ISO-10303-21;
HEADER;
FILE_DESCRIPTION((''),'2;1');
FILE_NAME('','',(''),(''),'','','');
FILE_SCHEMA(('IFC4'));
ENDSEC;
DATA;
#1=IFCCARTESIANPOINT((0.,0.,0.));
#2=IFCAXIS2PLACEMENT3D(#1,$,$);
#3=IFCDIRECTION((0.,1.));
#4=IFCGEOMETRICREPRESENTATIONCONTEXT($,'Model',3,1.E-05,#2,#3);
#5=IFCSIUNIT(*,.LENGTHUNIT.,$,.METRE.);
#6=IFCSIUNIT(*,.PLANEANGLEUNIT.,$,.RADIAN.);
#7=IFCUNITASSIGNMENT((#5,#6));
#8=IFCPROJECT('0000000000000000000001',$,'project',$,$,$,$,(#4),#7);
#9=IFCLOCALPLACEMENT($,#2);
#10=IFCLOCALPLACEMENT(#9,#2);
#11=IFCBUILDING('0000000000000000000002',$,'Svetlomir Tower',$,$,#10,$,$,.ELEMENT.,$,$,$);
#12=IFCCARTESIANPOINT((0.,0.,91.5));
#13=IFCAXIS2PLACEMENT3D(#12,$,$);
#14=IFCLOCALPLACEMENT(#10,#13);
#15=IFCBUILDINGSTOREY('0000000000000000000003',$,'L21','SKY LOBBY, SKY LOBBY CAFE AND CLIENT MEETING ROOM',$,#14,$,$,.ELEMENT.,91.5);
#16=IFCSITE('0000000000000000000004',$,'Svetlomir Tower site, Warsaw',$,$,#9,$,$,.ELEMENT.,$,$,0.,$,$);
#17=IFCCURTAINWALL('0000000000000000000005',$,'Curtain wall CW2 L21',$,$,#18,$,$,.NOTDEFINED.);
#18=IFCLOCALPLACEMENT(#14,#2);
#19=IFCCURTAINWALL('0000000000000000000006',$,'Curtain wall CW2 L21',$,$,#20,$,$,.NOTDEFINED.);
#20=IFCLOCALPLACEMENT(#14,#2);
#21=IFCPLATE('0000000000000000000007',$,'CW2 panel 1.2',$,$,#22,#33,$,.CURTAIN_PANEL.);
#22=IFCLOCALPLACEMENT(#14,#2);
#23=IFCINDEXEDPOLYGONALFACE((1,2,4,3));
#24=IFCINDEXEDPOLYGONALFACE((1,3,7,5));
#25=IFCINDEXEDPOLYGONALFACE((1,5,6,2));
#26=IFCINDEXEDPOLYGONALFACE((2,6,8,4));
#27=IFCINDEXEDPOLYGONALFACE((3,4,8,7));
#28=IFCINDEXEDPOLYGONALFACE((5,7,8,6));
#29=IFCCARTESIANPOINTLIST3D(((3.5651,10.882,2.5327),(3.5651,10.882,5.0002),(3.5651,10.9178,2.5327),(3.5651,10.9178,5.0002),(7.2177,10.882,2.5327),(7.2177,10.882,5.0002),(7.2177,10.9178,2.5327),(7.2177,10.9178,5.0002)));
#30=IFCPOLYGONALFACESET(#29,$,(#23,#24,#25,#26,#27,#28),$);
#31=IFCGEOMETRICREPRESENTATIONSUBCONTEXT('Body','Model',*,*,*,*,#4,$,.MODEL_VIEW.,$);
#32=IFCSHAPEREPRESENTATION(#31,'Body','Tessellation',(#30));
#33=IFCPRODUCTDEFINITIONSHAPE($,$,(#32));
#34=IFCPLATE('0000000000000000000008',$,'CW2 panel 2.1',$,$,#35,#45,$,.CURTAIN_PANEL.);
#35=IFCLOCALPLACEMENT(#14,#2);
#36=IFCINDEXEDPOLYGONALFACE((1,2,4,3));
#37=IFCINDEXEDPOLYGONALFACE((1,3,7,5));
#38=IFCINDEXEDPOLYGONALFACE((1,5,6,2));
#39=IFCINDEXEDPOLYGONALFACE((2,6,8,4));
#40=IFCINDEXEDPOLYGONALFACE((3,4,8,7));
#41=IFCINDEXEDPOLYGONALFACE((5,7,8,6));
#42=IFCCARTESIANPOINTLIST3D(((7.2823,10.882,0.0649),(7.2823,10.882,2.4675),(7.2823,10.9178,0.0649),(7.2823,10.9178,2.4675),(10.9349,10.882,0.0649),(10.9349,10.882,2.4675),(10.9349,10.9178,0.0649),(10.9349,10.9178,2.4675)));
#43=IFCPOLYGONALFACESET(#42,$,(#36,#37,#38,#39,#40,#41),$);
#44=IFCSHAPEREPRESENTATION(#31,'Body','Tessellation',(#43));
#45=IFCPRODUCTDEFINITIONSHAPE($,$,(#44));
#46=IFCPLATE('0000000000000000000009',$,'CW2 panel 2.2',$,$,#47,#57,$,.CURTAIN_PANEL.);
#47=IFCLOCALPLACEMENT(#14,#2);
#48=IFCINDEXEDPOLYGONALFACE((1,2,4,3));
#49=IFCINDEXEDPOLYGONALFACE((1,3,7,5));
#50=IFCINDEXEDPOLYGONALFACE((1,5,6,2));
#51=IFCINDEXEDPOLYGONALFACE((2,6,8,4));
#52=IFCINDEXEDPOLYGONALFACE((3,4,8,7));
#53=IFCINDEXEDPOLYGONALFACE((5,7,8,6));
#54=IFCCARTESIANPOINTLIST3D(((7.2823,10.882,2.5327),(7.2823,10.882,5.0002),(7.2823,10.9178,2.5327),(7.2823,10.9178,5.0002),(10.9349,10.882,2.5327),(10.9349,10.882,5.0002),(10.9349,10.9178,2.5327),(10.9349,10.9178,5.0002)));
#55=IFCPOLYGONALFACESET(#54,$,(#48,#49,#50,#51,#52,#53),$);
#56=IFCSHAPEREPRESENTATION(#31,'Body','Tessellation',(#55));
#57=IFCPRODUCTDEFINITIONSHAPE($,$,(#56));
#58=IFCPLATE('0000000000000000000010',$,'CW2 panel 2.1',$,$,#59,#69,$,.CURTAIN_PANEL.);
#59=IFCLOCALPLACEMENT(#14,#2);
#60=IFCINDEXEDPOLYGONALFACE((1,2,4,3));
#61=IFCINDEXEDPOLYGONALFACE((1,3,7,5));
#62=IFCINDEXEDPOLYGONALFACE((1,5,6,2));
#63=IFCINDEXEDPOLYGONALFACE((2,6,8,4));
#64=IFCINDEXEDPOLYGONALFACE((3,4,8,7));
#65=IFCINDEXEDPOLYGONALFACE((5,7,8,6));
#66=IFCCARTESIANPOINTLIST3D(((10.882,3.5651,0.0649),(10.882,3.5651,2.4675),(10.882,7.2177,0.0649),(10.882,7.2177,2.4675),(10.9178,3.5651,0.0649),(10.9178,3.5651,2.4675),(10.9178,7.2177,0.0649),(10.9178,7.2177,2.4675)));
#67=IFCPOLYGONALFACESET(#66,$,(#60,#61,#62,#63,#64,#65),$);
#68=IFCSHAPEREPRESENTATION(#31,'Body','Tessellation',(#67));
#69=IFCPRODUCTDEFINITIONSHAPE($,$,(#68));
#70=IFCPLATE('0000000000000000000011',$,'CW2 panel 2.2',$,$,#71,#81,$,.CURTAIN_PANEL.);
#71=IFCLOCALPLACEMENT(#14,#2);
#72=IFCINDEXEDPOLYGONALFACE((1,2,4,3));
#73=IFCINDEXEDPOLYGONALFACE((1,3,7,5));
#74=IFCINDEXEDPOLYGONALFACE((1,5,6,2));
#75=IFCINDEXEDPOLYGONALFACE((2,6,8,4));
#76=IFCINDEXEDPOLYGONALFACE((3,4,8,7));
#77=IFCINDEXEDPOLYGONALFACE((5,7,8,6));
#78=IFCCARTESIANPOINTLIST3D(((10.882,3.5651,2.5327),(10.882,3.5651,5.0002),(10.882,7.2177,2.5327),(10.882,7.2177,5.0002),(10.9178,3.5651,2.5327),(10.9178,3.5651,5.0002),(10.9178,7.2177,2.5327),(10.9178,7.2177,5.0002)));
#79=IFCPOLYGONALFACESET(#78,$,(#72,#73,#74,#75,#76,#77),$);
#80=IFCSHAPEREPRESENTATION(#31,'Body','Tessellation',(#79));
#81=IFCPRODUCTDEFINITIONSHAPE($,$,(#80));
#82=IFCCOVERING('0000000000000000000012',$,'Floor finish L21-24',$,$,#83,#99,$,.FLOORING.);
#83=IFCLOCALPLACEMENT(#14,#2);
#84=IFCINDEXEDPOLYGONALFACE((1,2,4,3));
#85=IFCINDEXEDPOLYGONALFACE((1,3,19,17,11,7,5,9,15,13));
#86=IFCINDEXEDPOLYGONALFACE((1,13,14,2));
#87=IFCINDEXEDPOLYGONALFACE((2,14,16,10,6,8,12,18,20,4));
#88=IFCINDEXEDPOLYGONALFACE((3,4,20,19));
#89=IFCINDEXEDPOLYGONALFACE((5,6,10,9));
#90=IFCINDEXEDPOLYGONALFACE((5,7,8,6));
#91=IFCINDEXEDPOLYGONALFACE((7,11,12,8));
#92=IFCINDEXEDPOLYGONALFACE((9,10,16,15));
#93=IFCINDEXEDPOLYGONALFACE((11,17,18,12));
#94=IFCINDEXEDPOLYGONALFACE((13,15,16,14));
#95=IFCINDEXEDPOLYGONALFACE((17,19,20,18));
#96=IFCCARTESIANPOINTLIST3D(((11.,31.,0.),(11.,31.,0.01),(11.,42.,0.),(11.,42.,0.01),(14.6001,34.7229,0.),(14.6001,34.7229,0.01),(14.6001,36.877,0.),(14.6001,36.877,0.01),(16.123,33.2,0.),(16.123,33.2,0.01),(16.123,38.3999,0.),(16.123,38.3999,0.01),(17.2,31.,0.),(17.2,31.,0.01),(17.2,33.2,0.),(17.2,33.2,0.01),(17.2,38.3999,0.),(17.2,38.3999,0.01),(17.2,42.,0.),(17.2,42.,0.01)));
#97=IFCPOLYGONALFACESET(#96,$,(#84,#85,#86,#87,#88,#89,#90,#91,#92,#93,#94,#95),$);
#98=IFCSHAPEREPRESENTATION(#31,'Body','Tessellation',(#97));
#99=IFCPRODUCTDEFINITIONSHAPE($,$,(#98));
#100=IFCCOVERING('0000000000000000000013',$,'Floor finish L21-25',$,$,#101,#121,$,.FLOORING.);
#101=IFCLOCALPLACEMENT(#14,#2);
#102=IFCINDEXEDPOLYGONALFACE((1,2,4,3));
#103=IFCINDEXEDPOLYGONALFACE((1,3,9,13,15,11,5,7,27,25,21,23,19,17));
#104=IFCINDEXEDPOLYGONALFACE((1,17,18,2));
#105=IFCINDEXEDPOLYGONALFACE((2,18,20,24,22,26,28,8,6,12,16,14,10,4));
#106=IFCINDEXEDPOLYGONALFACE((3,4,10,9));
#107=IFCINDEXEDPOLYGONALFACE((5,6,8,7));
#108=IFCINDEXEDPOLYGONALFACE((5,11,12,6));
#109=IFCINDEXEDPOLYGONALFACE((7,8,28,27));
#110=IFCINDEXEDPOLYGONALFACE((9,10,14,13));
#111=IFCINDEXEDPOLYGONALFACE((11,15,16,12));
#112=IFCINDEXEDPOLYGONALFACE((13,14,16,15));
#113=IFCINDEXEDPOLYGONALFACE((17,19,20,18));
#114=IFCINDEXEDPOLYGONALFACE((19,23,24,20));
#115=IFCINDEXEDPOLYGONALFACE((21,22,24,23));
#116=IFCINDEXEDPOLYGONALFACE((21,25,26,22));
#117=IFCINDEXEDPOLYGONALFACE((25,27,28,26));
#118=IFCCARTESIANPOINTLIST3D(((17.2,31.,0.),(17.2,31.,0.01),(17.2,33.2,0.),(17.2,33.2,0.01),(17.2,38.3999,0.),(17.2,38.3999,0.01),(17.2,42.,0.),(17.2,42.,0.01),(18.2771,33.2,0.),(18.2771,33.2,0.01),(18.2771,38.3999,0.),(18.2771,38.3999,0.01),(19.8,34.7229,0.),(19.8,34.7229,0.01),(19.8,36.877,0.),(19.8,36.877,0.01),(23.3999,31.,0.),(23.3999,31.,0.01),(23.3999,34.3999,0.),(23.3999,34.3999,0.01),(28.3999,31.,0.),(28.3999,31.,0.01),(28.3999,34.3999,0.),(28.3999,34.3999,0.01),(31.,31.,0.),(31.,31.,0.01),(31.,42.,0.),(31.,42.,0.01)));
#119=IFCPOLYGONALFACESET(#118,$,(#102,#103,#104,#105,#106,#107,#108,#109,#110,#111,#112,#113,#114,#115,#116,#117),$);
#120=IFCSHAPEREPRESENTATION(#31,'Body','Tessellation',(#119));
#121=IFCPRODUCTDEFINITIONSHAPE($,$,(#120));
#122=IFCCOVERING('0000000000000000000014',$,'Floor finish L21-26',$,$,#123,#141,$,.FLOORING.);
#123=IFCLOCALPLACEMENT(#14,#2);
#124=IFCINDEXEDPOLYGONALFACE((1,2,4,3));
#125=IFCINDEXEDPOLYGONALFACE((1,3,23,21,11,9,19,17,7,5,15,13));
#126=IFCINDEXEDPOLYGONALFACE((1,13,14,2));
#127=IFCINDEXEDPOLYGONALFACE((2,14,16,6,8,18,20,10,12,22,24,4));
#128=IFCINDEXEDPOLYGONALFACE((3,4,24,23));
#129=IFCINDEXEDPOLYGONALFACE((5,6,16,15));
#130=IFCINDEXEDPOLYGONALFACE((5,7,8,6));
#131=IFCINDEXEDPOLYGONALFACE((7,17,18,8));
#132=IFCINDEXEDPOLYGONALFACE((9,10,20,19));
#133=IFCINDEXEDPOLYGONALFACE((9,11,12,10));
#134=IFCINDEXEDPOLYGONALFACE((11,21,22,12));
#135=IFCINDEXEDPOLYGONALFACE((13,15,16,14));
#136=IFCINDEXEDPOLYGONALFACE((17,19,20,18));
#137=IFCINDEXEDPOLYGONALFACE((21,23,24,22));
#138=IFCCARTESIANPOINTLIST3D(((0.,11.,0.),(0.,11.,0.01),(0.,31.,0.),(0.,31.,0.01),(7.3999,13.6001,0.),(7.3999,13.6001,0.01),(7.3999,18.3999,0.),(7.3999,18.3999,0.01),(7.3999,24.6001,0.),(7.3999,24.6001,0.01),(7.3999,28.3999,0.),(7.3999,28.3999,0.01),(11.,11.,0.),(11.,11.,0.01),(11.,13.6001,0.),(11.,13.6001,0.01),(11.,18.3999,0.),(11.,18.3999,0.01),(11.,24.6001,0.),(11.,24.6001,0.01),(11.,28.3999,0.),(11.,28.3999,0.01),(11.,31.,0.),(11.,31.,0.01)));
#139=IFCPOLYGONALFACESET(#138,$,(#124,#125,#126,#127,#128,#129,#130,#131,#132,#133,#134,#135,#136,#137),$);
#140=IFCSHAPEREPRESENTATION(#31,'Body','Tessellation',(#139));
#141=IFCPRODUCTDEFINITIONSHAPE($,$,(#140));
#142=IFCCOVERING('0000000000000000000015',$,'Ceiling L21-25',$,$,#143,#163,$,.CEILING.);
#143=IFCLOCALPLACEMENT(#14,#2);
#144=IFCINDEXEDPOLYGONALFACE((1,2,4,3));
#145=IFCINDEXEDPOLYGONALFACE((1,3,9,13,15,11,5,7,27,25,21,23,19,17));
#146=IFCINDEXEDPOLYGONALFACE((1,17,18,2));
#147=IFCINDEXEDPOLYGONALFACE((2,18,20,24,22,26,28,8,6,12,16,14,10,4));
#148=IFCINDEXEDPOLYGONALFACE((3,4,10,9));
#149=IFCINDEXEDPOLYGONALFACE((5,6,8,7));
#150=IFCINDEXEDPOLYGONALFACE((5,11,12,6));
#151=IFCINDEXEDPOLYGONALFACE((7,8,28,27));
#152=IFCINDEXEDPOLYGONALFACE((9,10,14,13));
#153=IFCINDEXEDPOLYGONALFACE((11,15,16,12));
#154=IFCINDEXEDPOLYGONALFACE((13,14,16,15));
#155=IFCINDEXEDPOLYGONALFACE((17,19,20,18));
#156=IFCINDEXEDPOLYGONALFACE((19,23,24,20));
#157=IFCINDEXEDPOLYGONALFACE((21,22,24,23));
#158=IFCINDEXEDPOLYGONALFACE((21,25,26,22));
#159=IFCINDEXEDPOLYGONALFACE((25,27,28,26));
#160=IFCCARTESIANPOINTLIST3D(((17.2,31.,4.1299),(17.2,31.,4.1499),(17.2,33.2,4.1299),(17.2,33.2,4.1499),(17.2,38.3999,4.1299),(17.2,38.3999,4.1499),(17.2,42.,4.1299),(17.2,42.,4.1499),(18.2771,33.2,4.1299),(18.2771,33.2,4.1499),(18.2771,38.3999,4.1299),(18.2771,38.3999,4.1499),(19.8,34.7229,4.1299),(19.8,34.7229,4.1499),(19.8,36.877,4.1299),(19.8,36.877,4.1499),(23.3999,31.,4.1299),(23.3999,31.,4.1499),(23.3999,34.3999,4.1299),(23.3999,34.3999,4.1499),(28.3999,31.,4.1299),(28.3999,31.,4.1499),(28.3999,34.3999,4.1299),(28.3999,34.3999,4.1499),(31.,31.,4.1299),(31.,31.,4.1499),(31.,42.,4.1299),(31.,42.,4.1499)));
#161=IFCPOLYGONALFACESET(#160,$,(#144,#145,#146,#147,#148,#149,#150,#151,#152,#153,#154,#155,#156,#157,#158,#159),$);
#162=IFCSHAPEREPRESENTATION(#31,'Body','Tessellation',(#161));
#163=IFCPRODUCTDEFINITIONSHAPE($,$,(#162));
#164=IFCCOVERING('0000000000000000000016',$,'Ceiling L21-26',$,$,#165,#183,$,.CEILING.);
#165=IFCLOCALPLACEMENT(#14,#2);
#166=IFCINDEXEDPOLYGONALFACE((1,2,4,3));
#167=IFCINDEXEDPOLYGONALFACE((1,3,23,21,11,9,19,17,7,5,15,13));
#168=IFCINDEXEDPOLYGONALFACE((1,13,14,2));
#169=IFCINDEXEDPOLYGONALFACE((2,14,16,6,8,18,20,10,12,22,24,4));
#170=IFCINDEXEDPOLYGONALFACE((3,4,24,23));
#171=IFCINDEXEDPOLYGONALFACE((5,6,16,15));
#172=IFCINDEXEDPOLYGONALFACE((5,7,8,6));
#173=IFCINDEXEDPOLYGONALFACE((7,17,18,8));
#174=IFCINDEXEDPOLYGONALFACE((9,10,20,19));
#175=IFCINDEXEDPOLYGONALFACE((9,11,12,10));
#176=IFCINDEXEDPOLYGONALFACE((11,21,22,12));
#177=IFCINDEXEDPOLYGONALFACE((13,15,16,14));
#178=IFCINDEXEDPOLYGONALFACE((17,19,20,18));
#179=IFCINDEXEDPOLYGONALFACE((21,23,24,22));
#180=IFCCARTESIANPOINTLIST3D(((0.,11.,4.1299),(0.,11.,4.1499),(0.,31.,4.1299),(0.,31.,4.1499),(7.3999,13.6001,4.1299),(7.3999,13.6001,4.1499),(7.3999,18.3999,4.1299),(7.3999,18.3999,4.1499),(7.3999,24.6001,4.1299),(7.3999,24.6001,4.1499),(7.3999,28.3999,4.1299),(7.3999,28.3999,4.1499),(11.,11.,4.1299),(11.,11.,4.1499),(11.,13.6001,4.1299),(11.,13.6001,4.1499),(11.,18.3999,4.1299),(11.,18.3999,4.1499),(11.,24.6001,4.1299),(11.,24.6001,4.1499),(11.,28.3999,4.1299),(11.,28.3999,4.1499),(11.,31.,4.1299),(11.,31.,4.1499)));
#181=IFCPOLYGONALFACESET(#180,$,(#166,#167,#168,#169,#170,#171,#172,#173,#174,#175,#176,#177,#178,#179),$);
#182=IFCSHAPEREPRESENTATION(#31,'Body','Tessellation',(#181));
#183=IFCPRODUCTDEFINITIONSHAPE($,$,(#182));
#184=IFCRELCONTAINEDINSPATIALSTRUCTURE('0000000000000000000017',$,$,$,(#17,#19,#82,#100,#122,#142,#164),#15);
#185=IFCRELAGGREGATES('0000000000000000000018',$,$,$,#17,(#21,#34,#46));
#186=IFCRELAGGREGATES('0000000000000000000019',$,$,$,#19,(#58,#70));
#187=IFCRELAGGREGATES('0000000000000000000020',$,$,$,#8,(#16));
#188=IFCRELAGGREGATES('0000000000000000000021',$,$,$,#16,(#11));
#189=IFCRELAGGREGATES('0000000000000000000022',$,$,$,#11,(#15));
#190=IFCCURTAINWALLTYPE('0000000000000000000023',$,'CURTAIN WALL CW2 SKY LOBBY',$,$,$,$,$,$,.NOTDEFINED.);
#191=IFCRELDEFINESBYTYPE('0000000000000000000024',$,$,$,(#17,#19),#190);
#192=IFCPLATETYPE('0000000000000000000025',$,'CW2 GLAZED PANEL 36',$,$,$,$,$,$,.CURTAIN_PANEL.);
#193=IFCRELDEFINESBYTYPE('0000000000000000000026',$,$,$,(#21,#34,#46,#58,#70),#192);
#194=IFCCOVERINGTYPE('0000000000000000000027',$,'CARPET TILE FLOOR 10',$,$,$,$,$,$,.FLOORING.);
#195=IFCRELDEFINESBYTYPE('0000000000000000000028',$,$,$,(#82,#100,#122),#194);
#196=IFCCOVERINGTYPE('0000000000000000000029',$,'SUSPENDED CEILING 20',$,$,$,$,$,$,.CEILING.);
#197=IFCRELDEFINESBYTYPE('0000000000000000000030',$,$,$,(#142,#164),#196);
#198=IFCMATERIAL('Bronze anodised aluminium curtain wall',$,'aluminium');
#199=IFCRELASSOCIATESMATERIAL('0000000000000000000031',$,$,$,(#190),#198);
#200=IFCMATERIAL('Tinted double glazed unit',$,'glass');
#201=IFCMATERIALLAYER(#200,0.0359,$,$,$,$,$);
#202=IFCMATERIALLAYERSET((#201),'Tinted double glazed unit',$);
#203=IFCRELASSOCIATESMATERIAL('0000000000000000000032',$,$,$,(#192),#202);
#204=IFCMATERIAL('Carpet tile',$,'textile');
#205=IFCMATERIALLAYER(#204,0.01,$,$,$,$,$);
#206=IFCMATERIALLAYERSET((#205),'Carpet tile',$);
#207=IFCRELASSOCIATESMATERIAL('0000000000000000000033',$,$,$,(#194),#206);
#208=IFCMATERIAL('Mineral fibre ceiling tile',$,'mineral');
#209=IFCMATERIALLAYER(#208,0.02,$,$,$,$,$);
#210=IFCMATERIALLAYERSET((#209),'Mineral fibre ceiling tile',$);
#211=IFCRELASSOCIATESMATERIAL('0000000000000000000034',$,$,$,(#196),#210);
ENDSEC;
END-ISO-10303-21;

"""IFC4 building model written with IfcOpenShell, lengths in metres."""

from ifc_helpers import new_model, si_unit, direction, frame, origin, origin_2d, place, context, subcontext, project, spatial, polyline, rectangle, outline, extrude, material, layer, layer_set, type_object, element, aggregate, save


model = new_model("IFC4")

# Units and contexts
model_context = context("Model", 3, precision=1e-05, world=origin(), true_north=direction((0.0, 1.0)))
body_context = subcontext(model_context, "Body", "Model", "MODEL_VIEW")
ifc_project = project(units=[si_unit("LENGTHUNIT", "METRE"), si_unit("PLANEANGLEUNIT", "RADIAN")], contexts=[model_context])

# Site, building, storey
site_placement = place(None, origin())
site = spatial("IfcSite", under=ifc_project, at=site_placement, Name="Svetlomir Tower site, Warsaw", CompositionType="ELEMENT", RefElevation=0.0)
building_placement = place(site_placement, origin())
building = spatial("IfcBuilding", under=site, at=building_placement, Name="Svetlomir Tower", CompositionType="ELEMENT")
storey_placement = place(building_placement, frame((0.0, 0.0, 91.5)))
storey = spatial("IfcBuildingStorey", under=building, at=storey_placement, Name="L21", Description="SKY LOBBY, SKY LOBBY CAFE AND CLIENT MEETING ROOM", CompositionType="ELEMENT", Elevation=91.5)

# Curtain wall
ifc_material_1 = material(Name="Bronze anodised aluminium curtain wall", Category="aluminium")
curtain_wall_type = type_object("IfcCurtainWallType", Name="CURTAIN WALL CW2 SKY LOBBY", PredefinedType="NOTDEFINED", material=ifc_material_1)
curtain_wall_1_placement = place(storey_placement, origin())
curtain_wall_1 = element("IfcCurtainWall", 1, at=curtain_wall_1_placement, inside=storey, type_object=curtain_wall_type, Name="Curtain wall CW2 L21", PredefinedType="NOTDEFINED")

# Curtain wall
curtain_wall_2_placement = place(storey_placement, origin())
curtain_wall_2 = element("IfcCurtainWall", 2, at=curtain_wall_2_placement, inside=storey, type_object=curtain_wall_type, Name="Curtain wall CW2 L21", PredefinedType="NOTDEFINED")

# Plates
ifc_material_2 = material(Name="Tinted double glazed unit", Category="glass")
ifc_layer_1 = layer(ifc_material_2, 0.0359)
ifc_layer_set_1 = layer_set([ifc_layer_1], Name="Tinted double glazed unit")
plate_type = type_object("IfcPlateType", Name="CW2 GLAZED PANEL 36", PredefinedType="CURTAIN_PANEL", material=ifc_layer_set_1)
plate_1_placement = place(storey_placement, frame((5.3914, 10.8999, 2.5327), z_axis=(0.0, 0.0, 1.0), x_axis=(1.0, 0.0, 0.0)))
plate_1 = element("IfcPlate", 3, at=plate_1_placement, type_object=plate_type, Name="CW2 panel 1.2", PredefinedType="CURTAIN_PANEL", context=body_context, shape_type="SweptSolid", body=[
    extrude(rectangle(XDim=3.6526, YDim=0.0359, at=origin_2d()), origin(), (0.0, 0.0, 1.0), 2.4675),
])
plate_2_placement = place(storey_placement, frame((9.1086, 10.8999, 0.0649), z_axis=(0.0, 0.0, 1.0), x_axis=(1.0, 0.0, 0.0)))
plate_2 = element("IfcPlate", 4, at=plate_2_placement, type_object=plate_type, Name="CW2 panel 2.1", PredefinedType="CURTAIN_PANEL", context=body_context, shape_type="SweptSolid", body=[
    extrude(rectangle(XDim=3.6526, YDim=0.0359, at=origin_2d()), origin(), (0.0, 0.0, 1.0), 2.4026),
])
plate_3_placement = place(storey_placement, frame((9.1086, 10.8999, 2.5327), z_axis=(0.0, 0.0, 1.0), x_axis=(1.0, 0.0, 0.0)))
plate_3 = element("IfcPlate", 5, at=plate_3_placement, type_object=plate_type, Name="CW2 panel 2.2", PredefinedType="CURTAIN_PANEL", context=body_context, shape_type="SweptSolid", body=[
    extrude(rectangle(XDim=3.6526, YDim=0.0359, at=origin_2d()), origin(), (0.0, 0.0, 1.0), 2.4675),
])
aggregate(curtain_wall_1, [plate_1, plate_2, plate_3])
plate_4_placement = place(storey_placement, frame((10.8999, 5.3914, 0.0649), z_axis=(0.0, 0.0, 1.0), x_axis=(0.0, -1.0, 0.0)))
plate_4 = element("IfcPlate", 6, at=plate_4_placement, type_object=plate_type, Name="CW2 panel 2.1", PredefinedType="CURTAIN_PANEL", context=body_context, shape_type="SweptSolid", body=[
    extrude(rectangle(XDim=3.6526, YDim=0.0359, at=origin_2d()), origin(), (0.0, 0.0, 1.0), 2.4026),
])
plate_5_placement = place(storey_placement, frame((10.8999, 5.3914, 2.5327), z_axis=(0.0, 0.0, 1.0), x_axis=(0.0, -1.0, 0.0)))
plate_5 = element("IfcPlate", 7, at=plate_5_placement, type_object=plate_type, Name="CW2 panel 2.2", PredefinedType="CURTAIN_PANEL", context=body_context, shape_type="SweptSolid", body=[
    extrude(rectangle(XDim=3.6526, YDim=0.0359, at=origin_2d()), origin(), (0.0, 0.0, 1.0), 2.4675),
])
aggregate(curtain_wall_2, [plate_4, plate_5])

# Coverings
ifc_material_3 = material(Name="Carpet tile", Category="textile")
ifc_layer_2 = layer(ifc_material_3, 0.01)
ifc_layer_set_2 = layer_set([ifc_layer_2], Name="Carpet tile")
covering_type_1 = type_object("IfcCoveringType", Name="CARPET TILE FLOOR 10", PredefinedType="FLOORING", material=ifc_layer_set_2)
covering_1_placement = place(storey_placement, origin())
element("IfcCovering", 8, at=covering_1_placement, inside=storey, type_object=covering_type_1, Name="Floor finish L21-24", PredefinedType="FLOORING", context=body_context, shape_type="SweptSolid", body=[
    extrude(outline(polyline([(17.2, 31.0), (11.0, 31.0), (11.0, 42.0), (17.2, 42.0), (17.2, 38.3999), (16.123, 38.3999), (14.6001, 36.877), (14.6001, 34.7229), (16.123, 33.2), (17.2, 33.2), (17.2, 31.0)])), origin(), (0.0, 0.0, 1.0), 0.01),
])
covering_2_placement = place(storey_placement, origin())
element("IfcCovering", 9, at=covering_2_placement, inside=storey, type_object=covering_type_1, Name="Floor finish L21-25", PredefinedType="FLOORING", context=body_context, shape_type="SweptSolid", body=[
    extrude(outline(polyline([(31.0, 42.0), (31.0, 31.0), (28.3999, 31.0), (28.3999, 34.3999), (23.3999, 34.3999), (23.3999, 31.0), (17.2, 31.0), (17.2, 33.2), (18.2771, 33.2), (19.8, 34.7229), (19.8, 36.877), (18.2771, 38.3999), (17.2, 38.3999), (17.2, 42.0), (31.0, 42.0)])), origin(), (0.0, 0.0, 1.0), 0.01),
])
covering_3_placement = place(storey_placement, origin())
element("IfcCovering", 10, at=covering_3_placement, inside=storey, type_object=covering_type_1, Name="Floor finish L21-26", PredefinedType="FLOORING", context=body_context, shape_type="SweptSolid", body=[
    extrude(outline(polyline([(0.0, 31.0), (11.0, 31.0), (11.0, 28.3999), (7.3999, 28.3999), (7.3999, 24.6001), (11.0, 24.6001), (11.0, 18.3999), (7.3999, 18.3999), (7.3999, 13.6001), (11.0, 13.6001), (11.0, 11.0), (0.0, 11.0), (0.0, 31.0)])), origin(), (0.0, 0.0, 1.0), 0.01),
])
ifc_material_4 = material(Name="Mineral fibre ceiling tile", Category="mineral")
ifc_layer_3 = layer(ifc_material_4, 0.02)
ifc_layer_set_3 = layer_set([ifc_layer_3], Name="Mineral fibre ceiling tile")
covering_type_2 = type_object("IfcCoveringType", Name="SUSPENDED CEILING 20", PredefinedType="CEILING", material=ifc_layer_set_3)
covering_4_placement = place(storey_placement, frame((0.0, 0.0, 4.1299)))
element("IfcCovering", 11, at=covering_4_placement, inside=storey, type_object=covering_type_2, Name="Ceiling L21-25", PredefinedType="CEILING", context=body_context, shape_type="SweptSolid", body=[
    extrude(outline(polyline([(31.0, 42.0), (31.0, 31.0), (28.3999, 31.0), (28.3999, 34.3999), (23.3999, 34.3999), (23.3999, 31.0), (17.2, 31.0), (17.2, 33.2), (18.2771, 33.2), (19.8, 34.7229), (19.8, 36.877), (18.2771, 38.3999), (17.2, 38.3999), (17.2, 42.0), (31.0, 42.0)])), origin(), (0.0, 0.0, 1.0), 0.02),
])
covering_5_placement = place(storey_placement, frame((0.0, 0.0, 4.1299)))
element("IfcCovering", 12, at=covering_5_placement, inside=storey, type_object=covering_type_2, Name="Ceiling L21-26", PredefinedType="CEILING", context=body_context, shape_type="SweptSolid", body=[
    extrude(outline(polyline([(0.0, 31.0), (11.0, 31.0), (11.0, 28.3999), (7.3999, 28.3999), (7.3999, 24.6001), (11.0, 24.6001), (11.0, 18.3999), (7.3999, 18.3999), (7.3999, 13.6001), (11.0, 13.6001), (11.0, 11.0), (0.0, 11.0), (0.0, 31.0)])), origin(), (0.0, 0.0, 1.0), 0.02),
])

save(model, "model.ifc")
